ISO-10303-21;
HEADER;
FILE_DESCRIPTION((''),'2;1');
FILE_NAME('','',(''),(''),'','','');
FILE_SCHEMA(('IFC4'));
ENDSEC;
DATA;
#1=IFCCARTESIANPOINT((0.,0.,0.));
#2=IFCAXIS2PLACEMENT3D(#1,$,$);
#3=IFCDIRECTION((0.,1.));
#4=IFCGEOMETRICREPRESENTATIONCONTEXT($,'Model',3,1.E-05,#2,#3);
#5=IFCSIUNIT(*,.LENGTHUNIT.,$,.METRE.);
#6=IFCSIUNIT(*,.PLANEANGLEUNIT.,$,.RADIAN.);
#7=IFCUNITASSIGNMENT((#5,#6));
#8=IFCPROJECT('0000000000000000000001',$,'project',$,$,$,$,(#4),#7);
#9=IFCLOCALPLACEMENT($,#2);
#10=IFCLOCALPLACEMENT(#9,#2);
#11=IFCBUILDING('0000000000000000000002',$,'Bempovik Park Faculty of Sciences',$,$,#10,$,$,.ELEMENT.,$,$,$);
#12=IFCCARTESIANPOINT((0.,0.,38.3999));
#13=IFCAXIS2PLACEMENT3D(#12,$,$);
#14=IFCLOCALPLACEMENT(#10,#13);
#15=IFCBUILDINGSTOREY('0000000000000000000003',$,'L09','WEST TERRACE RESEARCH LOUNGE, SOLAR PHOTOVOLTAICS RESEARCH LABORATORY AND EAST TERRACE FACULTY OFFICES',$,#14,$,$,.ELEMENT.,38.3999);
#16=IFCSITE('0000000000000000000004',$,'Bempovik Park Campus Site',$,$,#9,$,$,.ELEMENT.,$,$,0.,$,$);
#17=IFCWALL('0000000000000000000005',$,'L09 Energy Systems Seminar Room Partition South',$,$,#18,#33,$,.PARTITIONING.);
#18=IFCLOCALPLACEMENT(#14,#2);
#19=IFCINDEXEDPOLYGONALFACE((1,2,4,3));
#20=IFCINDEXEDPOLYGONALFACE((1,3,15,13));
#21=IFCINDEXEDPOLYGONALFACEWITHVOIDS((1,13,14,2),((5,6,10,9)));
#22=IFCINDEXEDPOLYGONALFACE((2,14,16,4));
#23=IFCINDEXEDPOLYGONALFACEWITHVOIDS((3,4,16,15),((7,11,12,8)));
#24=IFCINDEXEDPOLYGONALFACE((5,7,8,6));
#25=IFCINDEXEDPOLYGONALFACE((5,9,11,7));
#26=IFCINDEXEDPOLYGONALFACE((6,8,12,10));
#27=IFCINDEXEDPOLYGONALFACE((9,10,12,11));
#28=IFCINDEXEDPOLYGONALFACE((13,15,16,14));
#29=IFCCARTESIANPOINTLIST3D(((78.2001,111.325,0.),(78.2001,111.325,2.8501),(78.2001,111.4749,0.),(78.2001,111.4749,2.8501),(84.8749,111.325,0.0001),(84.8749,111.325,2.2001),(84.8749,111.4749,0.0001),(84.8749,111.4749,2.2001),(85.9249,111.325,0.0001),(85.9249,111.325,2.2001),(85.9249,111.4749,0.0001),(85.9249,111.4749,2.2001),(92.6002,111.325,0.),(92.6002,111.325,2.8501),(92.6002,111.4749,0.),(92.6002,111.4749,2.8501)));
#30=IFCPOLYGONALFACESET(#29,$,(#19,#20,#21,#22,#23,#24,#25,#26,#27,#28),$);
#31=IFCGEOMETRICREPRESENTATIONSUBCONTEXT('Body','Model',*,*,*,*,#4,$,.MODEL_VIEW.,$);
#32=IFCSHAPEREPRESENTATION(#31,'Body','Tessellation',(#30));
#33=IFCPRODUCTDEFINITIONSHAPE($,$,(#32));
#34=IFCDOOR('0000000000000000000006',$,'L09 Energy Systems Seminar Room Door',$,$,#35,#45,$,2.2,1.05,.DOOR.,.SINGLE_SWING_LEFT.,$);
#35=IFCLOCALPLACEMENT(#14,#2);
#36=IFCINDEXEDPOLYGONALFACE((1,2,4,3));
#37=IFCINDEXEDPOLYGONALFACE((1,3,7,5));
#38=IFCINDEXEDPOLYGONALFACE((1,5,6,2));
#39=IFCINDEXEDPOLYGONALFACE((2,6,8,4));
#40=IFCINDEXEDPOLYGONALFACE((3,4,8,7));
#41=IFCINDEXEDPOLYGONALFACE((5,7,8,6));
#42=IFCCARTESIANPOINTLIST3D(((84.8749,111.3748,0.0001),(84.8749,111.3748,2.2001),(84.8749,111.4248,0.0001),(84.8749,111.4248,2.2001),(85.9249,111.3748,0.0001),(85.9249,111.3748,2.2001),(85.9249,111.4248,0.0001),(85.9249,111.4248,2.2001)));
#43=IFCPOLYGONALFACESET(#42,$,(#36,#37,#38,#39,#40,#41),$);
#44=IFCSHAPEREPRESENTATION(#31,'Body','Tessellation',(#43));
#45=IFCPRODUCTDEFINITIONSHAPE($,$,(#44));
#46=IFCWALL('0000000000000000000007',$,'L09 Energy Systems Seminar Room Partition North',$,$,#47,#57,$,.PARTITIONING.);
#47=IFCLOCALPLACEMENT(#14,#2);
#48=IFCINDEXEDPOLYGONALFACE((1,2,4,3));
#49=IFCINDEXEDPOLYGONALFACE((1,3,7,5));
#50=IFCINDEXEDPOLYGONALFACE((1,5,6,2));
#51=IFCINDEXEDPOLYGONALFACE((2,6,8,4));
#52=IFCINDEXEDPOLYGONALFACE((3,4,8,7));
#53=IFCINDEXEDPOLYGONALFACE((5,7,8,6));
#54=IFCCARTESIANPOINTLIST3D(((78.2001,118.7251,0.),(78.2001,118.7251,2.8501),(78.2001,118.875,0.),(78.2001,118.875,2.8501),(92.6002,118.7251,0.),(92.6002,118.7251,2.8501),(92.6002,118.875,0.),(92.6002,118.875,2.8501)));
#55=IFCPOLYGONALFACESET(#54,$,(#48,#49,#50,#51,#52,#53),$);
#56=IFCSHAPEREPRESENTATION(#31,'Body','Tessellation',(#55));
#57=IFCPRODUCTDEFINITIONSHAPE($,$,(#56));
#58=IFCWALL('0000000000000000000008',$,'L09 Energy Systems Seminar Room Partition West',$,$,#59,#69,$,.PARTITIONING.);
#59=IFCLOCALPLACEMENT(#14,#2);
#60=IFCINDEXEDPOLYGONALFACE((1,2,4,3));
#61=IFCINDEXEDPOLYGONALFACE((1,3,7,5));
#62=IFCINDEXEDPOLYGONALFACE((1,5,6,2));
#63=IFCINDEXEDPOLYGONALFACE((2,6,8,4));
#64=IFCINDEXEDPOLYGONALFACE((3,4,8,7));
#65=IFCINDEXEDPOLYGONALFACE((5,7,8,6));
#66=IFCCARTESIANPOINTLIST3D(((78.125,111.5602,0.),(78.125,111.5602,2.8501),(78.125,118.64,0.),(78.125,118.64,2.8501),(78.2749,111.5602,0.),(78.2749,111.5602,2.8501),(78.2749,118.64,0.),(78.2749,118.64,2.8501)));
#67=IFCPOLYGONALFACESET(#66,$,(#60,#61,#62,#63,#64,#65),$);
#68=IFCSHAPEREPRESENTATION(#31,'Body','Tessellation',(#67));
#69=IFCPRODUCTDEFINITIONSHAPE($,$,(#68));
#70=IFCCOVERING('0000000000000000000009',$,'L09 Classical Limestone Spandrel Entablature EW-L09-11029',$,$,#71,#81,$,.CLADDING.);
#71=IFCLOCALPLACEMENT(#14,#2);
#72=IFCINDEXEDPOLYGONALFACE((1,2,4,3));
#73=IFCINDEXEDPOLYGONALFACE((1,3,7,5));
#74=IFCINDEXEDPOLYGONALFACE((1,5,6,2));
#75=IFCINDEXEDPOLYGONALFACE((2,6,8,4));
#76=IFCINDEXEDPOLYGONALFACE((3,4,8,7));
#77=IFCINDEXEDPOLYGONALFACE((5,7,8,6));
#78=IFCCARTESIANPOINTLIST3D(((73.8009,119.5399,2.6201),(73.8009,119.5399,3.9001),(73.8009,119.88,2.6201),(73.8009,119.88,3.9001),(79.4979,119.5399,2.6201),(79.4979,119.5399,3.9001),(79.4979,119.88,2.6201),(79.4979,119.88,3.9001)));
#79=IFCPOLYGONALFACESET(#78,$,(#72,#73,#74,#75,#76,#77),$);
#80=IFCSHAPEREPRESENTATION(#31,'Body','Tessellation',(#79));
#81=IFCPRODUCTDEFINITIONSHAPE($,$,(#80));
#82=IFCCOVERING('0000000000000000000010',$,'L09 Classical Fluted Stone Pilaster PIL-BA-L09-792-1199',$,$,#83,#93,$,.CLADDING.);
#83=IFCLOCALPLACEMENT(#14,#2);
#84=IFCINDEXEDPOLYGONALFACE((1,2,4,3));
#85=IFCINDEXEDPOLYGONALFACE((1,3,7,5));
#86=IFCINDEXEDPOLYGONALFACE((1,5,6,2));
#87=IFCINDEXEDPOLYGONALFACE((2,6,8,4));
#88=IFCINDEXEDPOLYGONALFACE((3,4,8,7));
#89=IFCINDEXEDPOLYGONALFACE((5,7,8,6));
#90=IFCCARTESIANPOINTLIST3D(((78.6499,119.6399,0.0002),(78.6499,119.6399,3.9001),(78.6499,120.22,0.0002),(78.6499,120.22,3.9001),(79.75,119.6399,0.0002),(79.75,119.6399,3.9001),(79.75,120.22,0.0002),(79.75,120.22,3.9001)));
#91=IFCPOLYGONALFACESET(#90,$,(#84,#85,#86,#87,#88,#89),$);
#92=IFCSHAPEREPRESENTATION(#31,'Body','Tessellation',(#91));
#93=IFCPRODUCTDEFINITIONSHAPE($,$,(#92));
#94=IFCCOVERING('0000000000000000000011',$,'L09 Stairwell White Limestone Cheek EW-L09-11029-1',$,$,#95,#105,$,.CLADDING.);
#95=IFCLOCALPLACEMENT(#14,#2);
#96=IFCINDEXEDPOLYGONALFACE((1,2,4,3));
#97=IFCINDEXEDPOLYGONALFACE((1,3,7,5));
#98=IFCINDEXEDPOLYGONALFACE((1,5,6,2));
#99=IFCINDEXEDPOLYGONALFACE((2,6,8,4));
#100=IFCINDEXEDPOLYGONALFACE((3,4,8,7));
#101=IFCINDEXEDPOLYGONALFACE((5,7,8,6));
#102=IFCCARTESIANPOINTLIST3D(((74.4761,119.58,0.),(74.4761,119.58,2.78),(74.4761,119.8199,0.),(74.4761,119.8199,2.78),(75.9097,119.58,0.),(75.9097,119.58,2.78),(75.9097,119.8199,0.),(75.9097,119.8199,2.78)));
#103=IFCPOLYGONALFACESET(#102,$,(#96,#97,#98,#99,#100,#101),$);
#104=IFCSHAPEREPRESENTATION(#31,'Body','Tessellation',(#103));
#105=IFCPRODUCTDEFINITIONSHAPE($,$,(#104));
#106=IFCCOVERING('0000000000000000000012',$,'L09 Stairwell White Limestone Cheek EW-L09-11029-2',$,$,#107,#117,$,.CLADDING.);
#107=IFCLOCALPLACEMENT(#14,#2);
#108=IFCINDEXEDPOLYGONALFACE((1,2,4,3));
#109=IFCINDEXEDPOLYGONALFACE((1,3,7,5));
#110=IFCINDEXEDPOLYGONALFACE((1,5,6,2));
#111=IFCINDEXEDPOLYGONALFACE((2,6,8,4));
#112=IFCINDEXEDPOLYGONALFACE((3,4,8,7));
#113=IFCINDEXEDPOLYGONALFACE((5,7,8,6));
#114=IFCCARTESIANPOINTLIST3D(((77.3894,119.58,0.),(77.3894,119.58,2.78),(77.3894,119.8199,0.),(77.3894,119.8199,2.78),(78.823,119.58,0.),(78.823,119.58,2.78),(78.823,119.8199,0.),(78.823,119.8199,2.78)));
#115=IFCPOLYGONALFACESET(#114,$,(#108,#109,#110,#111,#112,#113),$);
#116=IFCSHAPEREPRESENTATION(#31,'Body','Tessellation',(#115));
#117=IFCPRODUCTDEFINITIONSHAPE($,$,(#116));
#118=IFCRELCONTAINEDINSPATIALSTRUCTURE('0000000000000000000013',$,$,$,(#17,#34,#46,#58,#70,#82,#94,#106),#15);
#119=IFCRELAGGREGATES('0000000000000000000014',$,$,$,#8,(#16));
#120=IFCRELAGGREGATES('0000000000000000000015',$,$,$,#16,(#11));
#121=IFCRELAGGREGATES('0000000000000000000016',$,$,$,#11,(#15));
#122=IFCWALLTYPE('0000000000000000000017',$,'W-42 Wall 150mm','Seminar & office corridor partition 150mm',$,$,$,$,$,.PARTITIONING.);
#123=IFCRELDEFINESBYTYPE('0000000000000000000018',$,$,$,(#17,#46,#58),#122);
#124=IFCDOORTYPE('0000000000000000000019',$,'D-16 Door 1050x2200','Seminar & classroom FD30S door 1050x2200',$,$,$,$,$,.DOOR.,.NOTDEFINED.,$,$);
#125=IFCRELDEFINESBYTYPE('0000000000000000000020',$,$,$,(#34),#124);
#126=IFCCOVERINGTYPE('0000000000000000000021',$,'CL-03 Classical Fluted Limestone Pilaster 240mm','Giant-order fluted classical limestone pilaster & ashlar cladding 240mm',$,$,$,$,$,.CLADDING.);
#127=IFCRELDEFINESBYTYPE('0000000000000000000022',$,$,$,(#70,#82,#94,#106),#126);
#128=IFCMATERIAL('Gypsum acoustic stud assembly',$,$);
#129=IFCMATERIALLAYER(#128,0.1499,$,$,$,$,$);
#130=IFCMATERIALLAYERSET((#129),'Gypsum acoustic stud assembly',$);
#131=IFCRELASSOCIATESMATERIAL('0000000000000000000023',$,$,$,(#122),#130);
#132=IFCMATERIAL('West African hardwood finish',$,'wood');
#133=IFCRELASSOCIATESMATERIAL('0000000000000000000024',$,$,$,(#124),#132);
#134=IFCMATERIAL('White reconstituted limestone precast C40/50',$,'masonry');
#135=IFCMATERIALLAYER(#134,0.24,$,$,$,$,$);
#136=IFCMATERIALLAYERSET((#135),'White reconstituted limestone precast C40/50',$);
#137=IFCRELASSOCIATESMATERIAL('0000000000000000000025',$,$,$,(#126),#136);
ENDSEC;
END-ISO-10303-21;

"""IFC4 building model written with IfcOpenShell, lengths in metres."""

from ifc_helpers import new_model, si_unit, direction, frame, frame_2d, origin, origin_2d, place, context, subcontext, project, spatial, rectangle, extrude, material, layer, layer_set, type_object, element, fill, save


model = new_model("IFC4")

# Units and contexts
model_context = context("Model", 3, precision=1e-05, world=origin(), true_north=direction((0.0, 1.0)))
body_context = subcontext(model_context, "Body", "Model", "MODEL_VIEW")
ifc_project = project(units=[si_unit("LENGTHUNIT", "METRE"), si_unit("PLANEANGLEUNIT", "RADIAN")], contexts=[model_context])

# Site, building, storey
site_placement = place(None, origin())
site = spatial("IfcSite", under=ifc_project, at=site_placement, Name="Bempovik Park Campus Site", CompositionType="ELEMENT", RefElevation=0.0)
building_placement = place(site_placement, origin())
building = spatial("IfcBuilding", under=site, at=building_placement, Name="Bempovik Park Faculty of Sciences", CompositionType="ELEMENT")
storey_placement = place(building_placement, frame((0.0, 0.0, 38.3999)))
storey = spatial("IfcBuildingStorey", under=building, at=storey_placement, Name="L09", Description="WEST TERRACE RESEARCH LOUNGE, SOLAR PHOTOVOLTAICS RESEARCH LABORATORY AND EAST TERRACE FACULTY OFFICES", CompositionType="ELEMENT", Elevation=38.3999)

# Shared definitions
ifc_material_1 = material(Name="Gypsum acoustic stud assembly")

# Wall, opening, door
ifc_layer_1 = layer(ifc_material_1, 0.1499)
ifc_layer_set_1 = layer_set([ifc_layer_1], Name="Gypsum acoustic stud assembly")
wall_type_1 = type_object("IfcWallType", Name="W-42 Wall 150mm", Description="Seminar & office corridor partition 150mm", PredefinedType="PARTITIONING", material=ifc_layer_set_1)
wall_1_placement = place(storey_placement, frame((78.2, 111.3999, 0.0), z_axis=(0.0, 0.0, 1.0), x_axis=(1.0, 0.0, 0.0)))
wall_1 = element("IfcWall", 1, at=wall_1_placement, inside=storey, type_object=wall_type_1, Name="L09 Energy Systems Seminar Room Partition South", PredefinedType="PARTITIONING", context=body_context, shape_type="SweptSolid", body=[
    extrude(rectangle(XDim=14.4001, YDim=0.1499, at=frame_2d((7.2002, 0.0))), origin(), (0.0, 0.0, 1.0), 2.8501),
])
opening_1_placement = place(wall_1_placement, frame((6.675, 0.0, 0.0)))
opening_1 = element("IfcOpeningElement", 2, at=opening_1_placement, cuts=wall_1, PredefinedType="OPENING", context=body_context, shape_type="SweptSolid", body=[
    extrude(rectangle(XDim=1.05, YDim=2.2, at=frame_2d((0.5249, 1.1001))), frame((0.0, 0.085, 0.0), z_axis=(0.0, -1.0, 0.0), x_axis=(1.0, 0.0, 0.0)), (0.0, 0.0, 1.0), 0.1699),
])
ifc_material_2 = material(Name="West African hardwood finish", Category="wood")
door_type_1 = type_object("IfcDoorType", Name="D-16 Door 1050x2200", Description="Seminar & classroom FD30S door 1050x2200", OperationType="NOTDEFINED", PredefinedType="DOOR", material=ifc_material_2)
door_1_placement = place(opening_1_placement, origin())
door_1 = element("IfcDoor", 3, at=door_1_placement, inside=storey, type_object=door_type_1, Name="L09 Energy Systems Seminar Room Door", OperationType="SINGLE_SWING_LEFT", OverallHeight=2.2, OverallWidth=1.05, PredefinedType="DOOR", context=body_context, shape_type="SweptSolid", body=[
    extrude(rectangle(XDim=1.05, YDim=2.2, at=frame_2d((0.5249, 1.1001))), frame((0.0, 0.0249, 0.0), z_axis=(0.0, -1.0, 0.0), x_axis=(1.0, 0.0, 0.0)), (0.0, 0.0, 1.0), 0.05),
])
fill(opening_1, door_1)

# Walls
wall_2_placement = place(storey_placement, frame((78.2, 118.8, 0.0), z_axis=(0.0, 0.0, 1.0), x_axis=(1.0, 0.0, 0.0)))
element("IfcWall", 4, at=wall_2_placement, inside=storey, type_object=wall_type_1, Name="L09 Energy Systems Seminar Room Partition North", PredefinedType="PARTITIONING", context=body_context, shape_type="SweptSolid", body=[
    extrude(rectangle(XDim=14.4001, YDim=0.1499, at=frame_2d((7.2002, 0.0))), origin(), (0.0, 0.0, 1.0), 2.8501),
])
wall_3_placement = place(storey_placement, frame((78.2, 111.5601, 0.0), z_axis=(0.0, 0.0, 1.0), x_axis=(0.0, 1.0, 0.0)))
element("IfcWall", 5, at=wall_3_placement, inside=storey, type_object=wall_type_1, Name="L09 Energy Systems Seminar Room Partition West", PredefinedType="PARTITIONING", context=body_context, shape_type="SweptSolid", body=[
    extrude(rectangle(XDim=7.0798, YDim=0.1499, at=frame_2d((3.54, 0.0))), origin(), (0.0, 0.0, 1.0), 2.8501),
])

# Coverings
ifc_material_3 = material(Name="White reconstituted limestone precast C40/50", Category="masonry")
ifc_layer_2 = layer(ifc_material_3, 0.24)
ifc_layer_set_2 = layer_set([ifc_layer_2], Name="White reconstituted limestone precast C40/50")
covering_type = type_object("IfcCoveringType", Name="CL-03 Classical Fluted Limestone Pilaster 240mm", Description="Giant-order fluted classical limestone pilaster & ashlar cladding 240mm", PredefinedType="CLADDING", material=ifc_layer_set_2)
covering_1_placement = place(storey_placement, frame((76.6494, 119.71, 2.6201), z_axis=(0.0, 0.0, 1.0), x_axis=(1.0, 0.0, 0.0)))
element("IfcCovering", 6, at=covering_1_placement, inside=storey, type_object=covering_type, Name="L09 Classical Limestone Spandrel Entablature EW-L09-11029", PredefinedType="CLADDING", context=body_context, shape_type="SweptSolid", body=[
    extrude(rectangle(XDim=5.697, YDim=0.3401, at=origin_2d()), origin(), (0.0, 0.0, 1.0), 1.28),
])
covering_2_placement = place(storey_placement, frame((79.2, 119.9299, 0.0002), z_axis=(0.0, 0.0, 1.0), x_axis=(1.0, 0.0, 0.0)))
element("IfcCovering", 7, at=covering_2_placement, inside=storey, type_object=covering_type, Name="L09 Classical Fluted Stone Pilaster PIL-BA-L09-792-1199", PredefinedType="CLADDING", context=body_context, shape_type="SweptSolid", body=[
    extrude(rectangle(XDim=1.1001, YDim=0.5801, at=origin_2d()), origin(), (0.0, 0.0, 1.0), 3.8999),
])
for number, where, z_axis, x_axis, name in (
    (8, (75.1929, 119.7, 0.0), (0.0, 0.0, 1.0), (1.0, 0.0, 0.0), "L09 Stairwell White Limestone Cheek EW-L09-11029-1"),
    (9, (78.1062, 119.7, 0.0), (0.0, 0.0, 1.0), (1.0, 0.0, 0.0), "L09 Stairwell White Limestone Cheek EW-L09-11029-2"),
):
    element("IfcCovering", number, at=place(storey_placement, frame(where, z_axis=z_axis, x_axis=x_axis)), inside=storey, type_object=covering_type, Name=name, PredefinedType="CLADDING", context=body_context, shape_type="SweptSolid", body=[
        extrude(rectangle(XDim=1.4336, YDim=0.24, at=origin_2d()), origin(), (0.0, 0.0, 1.0), 2.78),
    ])

save(model, "model.ifc")
